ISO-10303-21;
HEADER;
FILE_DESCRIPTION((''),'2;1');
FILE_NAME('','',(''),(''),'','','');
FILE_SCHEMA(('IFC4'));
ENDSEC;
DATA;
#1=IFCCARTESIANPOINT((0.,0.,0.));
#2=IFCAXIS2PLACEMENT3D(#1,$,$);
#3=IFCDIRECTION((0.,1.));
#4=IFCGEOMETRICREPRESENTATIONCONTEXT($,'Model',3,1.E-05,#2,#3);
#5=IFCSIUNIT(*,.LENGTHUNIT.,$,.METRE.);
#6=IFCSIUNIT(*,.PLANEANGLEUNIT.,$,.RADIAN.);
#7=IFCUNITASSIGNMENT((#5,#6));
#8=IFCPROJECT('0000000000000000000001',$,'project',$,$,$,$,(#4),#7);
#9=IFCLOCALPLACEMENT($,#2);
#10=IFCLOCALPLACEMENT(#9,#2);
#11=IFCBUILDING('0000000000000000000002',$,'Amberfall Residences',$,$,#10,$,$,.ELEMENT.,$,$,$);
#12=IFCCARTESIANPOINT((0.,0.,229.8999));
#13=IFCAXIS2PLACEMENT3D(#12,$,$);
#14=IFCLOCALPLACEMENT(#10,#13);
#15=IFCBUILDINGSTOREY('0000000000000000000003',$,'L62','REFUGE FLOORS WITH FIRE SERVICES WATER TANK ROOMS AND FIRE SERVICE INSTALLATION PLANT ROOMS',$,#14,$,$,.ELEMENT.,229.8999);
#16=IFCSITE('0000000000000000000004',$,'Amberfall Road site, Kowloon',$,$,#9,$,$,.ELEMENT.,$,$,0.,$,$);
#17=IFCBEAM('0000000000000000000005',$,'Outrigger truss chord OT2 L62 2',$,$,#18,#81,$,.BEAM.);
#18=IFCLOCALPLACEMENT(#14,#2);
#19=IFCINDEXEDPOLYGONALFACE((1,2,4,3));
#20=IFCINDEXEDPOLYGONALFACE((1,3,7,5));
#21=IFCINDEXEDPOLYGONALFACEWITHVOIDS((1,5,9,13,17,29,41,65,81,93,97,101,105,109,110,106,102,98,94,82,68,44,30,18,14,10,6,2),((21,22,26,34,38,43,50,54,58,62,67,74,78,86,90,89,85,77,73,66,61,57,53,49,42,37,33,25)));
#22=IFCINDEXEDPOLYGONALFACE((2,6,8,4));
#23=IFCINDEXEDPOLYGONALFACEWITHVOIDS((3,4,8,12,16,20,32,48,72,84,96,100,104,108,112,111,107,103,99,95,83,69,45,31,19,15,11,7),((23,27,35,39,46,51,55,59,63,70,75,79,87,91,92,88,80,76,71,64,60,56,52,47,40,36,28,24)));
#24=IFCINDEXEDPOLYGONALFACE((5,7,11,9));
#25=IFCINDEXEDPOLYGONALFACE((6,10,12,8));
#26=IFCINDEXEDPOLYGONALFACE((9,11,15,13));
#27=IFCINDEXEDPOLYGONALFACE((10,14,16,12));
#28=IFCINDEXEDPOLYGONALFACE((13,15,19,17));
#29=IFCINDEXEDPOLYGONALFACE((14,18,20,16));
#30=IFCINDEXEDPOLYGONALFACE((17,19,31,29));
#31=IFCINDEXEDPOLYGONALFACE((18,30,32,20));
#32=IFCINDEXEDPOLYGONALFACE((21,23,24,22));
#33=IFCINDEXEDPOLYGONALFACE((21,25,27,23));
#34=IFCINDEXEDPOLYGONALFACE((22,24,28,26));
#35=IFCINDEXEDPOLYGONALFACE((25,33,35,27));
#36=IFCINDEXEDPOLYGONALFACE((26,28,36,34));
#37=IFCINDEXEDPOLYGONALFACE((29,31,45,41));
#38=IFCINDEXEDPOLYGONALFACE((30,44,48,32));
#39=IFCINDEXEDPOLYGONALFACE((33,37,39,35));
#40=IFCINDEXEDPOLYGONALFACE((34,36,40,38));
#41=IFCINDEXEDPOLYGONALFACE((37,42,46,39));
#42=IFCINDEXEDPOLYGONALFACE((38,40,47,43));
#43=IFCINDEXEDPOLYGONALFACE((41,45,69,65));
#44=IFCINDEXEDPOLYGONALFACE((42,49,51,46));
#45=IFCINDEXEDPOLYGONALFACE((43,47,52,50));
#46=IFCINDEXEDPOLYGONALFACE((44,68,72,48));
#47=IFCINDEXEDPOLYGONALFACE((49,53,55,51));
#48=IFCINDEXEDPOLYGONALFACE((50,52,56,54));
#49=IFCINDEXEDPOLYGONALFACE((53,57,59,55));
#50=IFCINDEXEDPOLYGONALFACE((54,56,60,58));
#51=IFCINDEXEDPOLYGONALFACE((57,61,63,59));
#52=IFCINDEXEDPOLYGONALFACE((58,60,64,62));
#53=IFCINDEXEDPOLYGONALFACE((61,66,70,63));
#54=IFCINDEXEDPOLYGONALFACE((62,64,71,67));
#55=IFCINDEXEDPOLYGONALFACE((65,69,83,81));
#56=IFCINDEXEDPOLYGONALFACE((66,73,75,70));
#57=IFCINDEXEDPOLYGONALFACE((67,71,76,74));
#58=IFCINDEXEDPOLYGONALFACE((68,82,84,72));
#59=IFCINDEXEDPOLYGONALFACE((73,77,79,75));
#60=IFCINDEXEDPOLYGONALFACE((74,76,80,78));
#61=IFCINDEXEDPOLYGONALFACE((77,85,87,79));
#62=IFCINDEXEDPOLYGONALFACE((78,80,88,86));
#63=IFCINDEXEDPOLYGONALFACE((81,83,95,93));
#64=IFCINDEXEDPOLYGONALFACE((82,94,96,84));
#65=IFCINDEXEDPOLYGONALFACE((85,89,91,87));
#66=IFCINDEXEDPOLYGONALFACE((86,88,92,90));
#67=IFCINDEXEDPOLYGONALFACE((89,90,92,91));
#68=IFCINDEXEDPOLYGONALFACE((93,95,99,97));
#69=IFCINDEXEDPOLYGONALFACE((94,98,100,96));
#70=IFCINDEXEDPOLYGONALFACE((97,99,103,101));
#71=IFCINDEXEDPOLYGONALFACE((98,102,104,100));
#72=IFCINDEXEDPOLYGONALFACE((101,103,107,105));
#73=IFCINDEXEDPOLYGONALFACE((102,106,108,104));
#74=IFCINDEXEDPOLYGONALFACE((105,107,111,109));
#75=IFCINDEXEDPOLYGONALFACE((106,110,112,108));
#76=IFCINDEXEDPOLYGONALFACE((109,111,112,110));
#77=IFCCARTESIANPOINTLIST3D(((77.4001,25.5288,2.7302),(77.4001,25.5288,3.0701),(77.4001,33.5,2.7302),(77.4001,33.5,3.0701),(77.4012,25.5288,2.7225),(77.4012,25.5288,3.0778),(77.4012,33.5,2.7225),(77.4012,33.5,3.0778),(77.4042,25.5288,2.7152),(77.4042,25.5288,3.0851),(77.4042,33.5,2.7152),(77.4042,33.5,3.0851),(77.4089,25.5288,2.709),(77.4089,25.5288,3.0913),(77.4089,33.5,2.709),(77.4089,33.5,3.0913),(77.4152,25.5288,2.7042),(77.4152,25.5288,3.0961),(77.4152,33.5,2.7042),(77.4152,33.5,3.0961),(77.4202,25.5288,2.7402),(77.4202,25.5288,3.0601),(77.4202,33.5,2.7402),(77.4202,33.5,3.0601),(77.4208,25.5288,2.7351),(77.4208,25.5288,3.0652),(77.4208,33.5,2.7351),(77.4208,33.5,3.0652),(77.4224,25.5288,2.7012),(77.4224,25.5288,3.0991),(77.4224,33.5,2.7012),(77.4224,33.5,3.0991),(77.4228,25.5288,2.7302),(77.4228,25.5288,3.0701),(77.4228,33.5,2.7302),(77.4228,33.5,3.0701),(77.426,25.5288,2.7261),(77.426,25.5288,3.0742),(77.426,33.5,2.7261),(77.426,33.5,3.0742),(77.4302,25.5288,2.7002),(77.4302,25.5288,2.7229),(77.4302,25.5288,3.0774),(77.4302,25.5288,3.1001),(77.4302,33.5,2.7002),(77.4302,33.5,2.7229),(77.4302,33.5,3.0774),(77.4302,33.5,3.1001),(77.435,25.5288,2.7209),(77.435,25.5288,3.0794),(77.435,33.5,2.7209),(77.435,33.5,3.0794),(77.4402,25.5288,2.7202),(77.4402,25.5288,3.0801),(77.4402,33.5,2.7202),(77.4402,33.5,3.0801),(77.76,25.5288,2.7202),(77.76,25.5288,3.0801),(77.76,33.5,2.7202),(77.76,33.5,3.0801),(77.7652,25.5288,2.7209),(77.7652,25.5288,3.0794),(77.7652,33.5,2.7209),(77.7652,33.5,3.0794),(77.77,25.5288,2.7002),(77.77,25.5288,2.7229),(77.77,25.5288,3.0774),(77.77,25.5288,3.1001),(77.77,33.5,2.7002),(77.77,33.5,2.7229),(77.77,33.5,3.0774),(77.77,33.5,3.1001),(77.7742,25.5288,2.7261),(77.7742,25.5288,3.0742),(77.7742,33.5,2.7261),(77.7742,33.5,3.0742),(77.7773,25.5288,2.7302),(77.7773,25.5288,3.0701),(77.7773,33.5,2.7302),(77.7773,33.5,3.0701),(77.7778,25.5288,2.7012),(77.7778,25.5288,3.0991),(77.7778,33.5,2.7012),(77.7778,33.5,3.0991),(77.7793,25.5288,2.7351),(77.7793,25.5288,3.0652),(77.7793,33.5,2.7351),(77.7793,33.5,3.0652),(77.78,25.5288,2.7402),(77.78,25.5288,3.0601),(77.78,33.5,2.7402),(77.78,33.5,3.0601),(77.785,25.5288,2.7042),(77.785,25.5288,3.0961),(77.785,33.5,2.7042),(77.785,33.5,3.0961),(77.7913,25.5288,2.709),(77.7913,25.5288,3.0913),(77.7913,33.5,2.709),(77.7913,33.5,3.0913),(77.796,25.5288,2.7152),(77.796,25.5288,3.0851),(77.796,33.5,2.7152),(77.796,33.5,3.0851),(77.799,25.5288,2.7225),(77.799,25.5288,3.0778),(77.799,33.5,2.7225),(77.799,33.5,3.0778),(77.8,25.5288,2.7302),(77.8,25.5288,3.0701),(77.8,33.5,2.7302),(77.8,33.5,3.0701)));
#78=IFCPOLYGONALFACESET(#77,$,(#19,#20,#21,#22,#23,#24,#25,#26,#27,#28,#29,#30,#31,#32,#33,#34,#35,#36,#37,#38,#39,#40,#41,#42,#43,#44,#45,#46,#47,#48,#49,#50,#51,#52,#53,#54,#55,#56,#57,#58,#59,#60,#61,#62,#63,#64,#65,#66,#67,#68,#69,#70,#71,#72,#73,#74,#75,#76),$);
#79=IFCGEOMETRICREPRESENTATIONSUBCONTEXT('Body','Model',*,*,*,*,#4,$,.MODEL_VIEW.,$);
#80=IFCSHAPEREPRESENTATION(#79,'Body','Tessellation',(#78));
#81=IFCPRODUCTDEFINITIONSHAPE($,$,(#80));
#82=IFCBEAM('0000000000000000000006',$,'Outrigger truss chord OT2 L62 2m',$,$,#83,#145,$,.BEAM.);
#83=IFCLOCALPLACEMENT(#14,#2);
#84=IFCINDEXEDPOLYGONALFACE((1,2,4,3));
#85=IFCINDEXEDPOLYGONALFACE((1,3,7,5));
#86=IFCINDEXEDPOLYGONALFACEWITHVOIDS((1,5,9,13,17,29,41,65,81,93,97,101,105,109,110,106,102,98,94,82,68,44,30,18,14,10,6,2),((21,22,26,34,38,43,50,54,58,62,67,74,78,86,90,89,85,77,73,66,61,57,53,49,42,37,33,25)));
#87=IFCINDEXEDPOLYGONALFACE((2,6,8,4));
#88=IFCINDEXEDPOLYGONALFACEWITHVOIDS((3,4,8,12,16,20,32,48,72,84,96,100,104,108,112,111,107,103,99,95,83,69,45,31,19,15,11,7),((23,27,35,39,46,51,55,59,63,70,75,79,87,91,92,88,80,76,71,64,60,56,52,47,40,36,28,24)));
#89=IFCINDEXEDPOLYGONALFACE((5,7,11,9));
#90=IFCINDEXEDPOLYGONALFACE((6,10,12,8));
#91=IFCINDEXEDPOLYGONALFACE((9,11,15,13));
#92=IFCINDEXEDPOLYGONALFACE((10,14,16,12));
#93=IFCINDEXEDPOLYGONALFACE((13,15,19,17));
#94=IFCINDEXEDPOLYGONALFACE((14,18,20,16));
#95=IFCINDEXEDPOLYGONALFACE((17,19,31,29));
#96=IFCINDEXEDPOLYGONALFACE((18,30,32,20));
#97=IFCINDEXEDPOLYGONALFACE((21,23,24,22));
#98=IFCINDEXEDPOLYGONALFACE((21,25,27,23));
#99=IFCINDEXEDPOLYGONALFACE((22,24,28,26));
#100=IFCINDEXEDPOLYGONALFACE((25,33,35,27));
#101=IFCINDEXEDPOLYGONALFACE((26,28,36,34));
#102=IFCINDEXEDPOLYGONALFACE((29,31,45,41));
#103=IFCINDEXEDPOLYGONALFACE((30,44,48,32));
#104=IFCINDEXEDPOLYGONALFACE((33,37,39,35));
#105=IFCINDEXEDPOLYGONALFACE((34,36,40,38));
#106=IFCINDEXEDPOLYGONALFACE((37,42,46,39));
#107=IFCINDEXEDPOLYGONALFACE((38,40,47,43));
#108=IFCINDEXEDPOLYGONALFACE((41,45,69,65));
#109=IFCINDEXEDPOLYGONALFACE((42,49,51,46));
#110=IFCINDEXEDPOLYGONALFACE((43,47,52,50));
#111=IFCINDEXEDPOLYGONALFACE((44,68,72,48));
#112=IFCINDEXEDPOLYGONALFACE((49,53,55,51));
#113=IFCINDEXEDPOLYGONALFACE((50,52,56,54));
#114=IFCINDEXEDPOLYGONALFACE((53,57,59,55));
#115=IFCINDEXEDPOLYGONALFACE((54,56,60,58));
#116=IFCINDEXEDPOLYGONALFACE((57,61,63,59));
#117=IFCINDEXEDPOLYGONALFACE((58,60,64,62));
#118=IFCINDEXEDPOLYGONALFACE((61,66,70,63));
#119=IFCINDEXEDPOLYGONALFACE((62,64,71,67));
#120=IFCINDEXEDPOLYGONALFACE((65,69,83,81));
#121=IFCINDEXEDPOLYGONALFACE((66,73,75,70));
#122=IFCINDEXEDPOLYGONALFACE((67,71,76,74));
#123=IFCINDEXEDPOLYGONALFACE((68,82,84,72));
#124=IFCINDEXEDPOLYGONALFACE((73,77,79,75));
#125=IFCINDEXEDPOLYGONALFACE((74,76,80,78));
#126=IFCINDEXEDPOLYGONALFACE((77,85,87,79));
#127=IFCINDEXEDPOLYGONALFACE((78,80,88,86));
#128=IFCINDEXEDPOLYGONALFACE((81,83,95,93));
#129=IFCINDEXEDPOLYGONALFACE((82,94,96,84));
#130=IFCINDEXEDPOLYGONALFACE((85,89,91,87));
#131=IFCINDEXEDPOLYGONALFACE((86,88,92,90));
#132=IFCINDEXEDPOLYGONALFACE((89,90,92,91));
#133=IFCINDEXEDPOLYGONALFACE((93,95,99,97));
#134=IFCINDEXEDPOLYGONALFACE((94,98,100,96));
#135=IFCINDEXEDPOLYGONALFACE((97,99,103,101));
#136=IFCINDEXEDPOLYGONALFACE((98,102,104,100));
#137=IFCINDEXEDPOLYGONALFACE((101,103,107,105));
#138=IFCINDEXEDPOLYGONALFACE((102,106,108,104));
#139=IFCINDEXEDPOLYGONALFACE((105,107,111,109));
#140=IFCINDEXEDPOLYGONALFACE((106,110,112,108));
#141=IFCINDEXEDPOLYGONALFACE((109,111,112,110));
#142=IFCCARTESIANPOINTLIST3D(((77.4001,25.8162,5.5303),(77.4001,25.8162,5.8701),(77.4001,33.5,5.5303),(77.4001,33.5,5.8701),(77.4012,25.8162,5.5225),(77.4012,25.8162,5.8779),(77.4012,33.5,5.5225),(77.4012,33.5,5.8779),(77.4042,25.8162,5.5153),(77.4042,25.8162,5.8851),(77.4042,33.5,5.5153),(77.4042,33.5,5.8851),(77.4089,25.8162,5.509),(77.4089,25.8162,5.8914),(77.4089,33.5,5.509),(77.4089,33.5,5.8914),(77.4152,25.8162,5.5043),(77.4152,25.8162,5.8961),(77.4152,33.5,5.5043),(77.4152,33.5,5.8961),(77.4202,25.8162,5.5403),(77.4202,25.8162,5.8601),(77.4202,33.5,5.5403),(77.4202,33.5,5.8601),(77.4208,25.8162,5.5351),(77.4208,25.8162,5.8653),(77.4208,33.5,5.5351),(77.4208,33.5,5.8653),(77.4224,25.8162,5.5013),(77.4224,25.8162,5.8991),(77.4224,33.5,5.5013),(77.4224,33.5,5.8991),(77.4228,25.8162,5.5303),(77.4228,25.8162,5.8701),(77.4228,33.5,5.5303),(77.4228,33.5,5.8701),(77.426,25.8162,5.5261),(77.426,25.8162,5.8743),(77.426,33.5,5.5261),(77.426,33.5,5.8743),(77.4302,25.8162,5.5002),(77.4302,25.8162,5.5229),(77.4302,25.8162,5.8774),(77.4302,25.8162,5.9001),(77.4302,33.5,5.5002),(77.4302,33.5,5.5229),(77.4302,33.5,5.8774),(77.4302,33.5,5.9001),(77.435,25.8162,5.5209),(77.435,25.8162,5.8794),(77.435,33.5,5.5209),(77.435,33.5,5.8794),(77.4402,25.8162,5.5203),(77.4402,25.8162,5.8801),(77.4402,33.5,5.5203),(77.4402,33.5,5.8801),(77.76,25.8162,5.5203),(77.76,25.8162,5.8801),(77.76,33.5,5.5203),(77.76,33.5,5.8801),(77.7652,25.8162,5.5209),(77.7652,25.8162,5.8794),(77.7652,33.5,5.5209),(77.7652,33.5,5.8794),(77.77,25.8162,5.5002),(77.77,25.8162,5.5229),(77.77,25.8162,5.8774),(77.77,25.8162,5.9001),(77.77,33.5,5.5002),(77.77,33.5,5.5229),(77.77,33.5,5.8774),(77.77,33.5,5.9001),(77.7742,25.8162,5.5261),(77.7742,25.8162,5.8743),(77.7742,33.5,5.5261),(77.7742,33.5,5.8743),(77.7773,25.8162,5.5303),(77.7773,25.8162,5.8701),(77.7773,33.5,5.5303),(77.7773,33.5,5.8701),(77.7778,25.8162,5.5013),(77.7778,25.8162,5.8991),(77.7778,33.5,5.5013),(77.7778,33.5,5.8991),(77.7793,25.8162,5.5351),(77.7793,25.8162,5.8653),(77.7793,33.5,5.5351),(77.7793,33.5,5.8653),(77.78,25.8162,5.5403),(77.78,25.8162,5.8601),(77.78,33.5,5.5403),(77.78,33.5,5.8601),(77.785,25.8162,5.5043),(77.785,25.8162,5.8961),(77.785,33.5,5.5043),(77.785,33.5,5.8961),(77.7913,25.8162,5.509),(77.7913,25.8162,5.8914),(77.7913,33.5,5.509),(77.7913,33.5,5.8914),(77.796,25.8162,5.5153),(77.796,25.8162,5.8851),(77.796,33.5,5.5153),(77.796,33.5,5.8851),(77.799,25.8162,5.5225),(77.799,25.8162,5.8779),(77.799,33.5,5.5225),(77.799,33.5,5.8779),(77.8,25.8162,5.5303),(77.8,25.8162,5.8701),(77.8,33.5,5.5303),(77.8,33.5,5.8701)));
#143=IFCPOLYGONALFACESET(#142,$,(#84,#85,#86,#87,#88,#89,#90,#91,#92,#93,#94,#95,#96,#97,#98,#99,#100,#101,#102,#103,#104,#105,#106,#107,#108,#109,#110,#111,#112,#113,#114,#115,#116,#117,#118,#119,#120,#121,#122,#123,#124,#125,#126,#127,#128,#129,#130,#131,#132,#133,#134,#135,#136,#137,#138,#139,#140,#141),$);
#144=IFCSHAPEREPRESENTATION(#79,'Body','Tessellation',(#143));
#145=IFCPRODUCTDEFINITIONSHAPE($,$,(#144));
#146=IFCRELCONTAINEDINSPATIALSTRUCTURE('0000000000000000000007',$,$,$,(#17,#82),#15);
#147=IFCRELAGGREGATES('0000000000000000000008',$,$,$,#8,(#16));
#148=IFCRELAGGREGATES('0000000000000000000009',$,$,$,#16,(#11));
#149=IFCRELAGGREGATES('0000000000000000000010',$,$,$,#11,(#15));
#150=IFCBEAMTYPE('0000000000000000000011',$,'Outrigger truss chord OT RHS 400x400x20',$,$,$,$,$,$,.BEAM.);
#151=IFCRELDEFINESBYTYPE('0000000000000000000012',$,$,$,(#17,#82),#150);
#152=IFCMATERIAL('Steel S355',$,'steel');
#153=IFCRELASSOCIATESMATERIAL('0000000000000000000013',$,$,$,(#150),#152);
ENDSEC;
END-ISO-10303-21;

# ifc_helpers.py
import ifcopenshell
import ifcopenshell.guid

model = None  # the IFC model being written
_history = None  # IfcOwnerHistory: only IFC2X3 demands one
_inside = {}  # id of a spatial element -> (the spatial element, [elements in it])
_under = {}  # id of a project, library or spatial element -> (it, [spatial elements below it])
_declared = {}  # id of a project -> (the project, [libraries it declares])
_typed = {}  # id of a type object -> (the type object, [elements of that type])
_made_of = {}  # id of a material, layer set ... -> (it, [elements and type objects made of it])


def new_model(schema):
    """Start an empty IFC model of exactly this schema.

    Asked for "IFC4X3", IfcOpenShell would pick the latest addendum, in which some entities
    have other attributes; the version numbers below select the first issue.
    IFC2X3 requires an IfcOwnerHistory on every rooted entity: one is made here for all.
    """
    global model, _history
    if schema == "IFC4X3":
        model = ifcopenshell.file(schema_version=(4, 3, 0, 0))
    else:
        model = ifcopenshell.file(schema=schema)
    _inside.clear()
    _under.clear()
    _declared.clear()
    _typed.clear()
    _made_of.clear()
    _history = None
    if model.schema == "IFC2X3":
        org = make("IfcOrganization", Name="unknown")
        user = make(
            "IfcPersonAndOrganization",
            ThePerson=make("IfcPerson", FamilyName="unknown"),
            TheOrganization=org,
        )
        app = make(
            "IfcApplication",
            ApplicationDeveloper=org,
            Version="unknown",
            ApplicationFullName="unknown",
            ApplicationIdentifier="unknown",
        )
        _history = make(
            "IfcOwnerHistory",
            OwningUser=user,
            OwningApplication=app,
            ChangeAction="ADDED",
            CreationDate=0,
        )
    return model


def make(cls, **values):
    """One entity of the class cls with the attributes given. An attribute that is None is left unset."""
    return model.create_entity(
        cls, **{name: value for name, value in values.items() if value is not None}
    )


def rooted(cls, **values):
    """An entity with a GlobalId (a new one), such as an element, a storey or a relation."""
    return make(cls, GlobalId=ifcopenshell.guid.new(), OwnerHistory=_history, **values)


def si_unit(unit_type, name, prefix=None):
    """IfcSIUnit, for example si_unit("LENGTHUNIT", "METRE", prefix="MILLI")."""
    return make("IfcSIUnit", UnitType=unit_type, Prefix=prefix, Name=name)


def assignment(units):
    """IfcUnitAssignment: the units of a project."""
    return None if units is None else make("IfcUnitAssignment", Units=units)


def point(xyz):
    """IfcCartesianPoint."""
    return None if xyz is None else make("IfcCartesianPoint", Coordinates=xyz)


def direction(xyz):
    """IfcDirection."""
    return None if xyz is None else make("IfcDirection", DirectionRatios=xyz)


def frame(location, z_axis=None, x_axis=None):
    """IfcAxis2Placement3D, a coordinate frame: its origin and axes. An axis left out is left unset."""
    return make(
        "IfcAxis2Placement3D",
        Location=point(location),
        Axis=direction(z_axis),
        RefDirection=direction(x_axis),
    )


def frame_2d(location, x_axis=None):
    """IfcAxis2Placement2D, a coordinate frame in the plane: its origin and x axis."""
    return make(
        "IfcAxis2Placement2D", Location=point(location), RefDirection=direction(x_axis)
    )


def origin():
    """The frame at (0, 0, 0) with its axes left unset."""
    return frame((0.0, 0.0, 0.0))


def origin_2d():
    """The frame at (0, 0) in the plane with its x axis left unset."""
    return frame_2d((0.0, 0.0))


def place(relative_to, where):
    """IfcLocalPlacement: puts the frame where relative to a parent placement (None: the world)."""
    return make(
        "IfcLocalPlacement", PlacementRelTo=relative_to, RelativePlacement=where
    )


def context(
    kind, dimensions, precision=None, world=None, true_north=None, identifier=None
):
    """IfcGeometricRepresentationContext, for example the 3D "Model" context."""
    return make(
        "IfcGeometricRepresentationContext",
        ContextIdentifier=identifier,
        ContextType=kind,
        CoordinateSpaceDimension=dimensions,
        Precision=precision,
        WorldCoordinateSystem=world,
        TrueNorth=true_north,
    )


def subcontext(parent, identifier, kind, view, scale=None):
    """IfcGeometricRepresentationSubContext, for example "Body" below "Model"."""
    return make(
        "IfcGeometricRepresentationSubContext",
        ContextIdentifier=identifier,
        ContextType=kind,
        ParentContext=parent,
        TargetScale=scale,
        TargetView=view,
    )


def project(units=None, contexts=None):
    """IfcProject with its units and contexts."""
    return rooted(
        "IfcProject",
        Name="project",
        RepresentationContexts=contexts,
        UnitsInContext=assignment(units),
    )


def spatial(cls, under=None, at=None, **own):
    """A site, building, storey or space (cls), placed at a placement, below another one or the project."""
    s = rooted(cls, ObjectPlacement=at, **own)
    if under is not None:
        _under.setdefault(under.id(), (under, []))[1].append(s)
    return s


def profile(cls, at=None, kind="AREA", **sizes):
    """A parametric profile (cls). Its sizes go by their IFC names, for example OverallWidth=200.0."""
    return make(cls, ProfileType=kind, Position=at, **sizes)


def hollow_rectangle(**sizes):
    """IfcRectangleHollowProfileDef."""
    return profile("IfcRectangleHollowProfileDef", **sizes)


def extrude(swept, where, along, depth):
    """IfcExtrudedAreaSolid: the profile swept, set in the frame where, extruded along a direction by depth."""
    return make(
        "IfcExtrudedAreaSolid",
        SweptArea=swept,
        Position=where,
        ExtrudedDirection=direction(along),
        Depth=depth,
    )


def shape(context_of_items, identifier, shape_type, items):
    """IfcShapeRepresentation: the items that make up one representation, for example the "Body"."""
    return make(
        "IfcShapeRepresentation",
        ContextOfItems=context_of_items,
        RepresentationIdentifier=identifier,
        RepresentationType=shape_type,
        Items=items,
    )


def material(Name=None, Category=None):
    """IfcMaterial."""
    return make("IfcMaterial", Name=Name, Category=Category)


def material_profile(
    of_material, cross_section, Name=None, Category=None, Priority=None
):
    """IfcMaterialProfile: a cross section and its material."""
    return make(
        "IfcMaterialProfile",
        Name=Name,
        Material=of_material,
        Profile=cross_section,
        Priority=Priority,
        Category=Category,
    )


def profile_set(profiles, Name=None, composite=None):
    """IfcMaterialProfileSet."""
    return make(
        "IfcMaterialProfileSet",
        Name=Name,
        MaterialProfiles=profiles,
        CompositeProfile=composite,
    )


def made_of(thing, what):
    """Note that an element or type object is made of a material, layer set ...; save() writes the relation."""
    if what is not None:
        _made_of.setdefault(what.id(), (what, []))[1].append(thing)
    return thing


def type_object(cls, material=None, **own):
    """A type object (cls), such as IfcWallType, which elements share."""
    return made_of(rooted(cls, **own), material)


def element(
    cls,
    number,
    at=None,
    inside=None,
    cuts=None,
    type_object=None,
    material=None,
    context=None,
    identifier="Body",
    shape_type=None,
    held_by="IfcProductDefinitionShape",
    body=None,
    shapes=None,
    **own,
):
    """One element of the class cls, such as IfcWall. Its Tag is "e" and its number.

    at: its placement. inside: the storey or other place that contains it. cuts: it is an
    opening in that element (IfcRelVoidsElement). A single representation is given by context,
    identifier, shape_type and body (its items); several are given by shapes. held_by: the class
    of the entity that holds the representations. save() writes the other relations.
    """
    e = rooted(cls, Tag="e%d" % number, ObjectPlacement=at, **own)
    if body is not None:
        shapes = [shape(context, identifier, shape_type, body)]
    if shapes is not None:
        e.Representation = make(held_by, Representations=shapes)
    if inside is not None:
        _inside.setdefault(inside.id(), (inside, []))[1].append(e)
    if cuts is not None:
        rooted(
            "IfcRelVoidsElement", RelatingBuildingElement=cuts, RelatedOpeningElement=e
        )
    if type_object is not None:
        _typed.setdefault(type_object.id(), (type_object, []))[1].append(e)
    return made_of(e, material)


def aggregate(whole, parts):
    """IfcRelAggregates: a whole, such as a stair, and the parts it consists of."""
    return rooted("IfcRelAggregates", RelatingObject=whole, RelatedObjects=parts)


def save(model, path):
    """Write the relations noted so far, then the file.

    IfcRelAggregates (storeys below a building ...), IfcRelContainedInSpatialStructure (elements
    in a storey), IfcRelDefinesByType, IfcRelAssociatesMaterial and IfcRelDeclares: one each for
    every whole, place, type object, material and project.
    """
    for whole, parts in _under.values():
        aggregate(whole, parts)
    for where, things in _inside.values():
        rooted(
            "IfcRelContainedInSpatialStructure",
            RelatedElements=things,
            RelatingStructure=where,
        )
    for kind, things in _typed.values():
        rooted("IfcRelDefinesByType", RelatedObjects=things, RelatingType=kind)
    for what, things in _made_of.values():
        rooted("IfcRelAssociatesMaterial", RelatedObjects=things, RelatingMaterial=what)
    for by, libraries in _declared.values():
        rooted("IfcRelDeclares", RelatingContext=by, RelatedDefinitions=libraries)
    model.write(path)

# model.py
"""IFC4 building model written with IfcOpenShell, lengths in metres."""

from ifc_helpers import new_model, si_unit, direction, frame, origin, origin_2d, place, context, subcontext, project, spatial, hollow_rectangle, extrude, material, material_profile, profile_set, type_object, element, save


model = new_model("IFC4")

# Units and contexts
model_context = context("Model", 3, precision=1e-05, world=origin(), true_north=direction((0.0, 1.0)))
body_context = subcontext(model_context, "Body", "Model", "MODEL_VIEW")
ifc_project = project(units=[si_unit("LENGTHUNIT", "METRE"), si_unit("PLANEANGLEUNIT", "RADIAN")], contexts=[model_context])

# Site, building, storey
site_placement = place(None, origin())
site = spatial("IfcSite", under=ifc_project, at=site_placement, Name="Amberfall Road site, Kowloon", CompositionType="ELEMENT", RefElevation=0.0)
building_placement = place(site_placement, origin())
building = spatial("IfcBuilding", under=site, at=building_placement, Name="Amberfall Residences", CompositionType="ELEMENT")
storey_placement = place(building_placement, frame((0.0, 0.0, 229.8999)))
storey = spatial("IfcBuildingStorey", under=building, at=storey_placement, Name="L62", Description="REFUGE FLOORS WITH FIRE SERVICES WATER TANK ROOMS AND FIRE SERVICE INSTALLATION PLANT ROOMS", CompositionType="ELEMENT", Elevation=229.8999)

# Shared definitions
ifc_material_1 = material(Name="Steel S355", Category="steel")

# Beams
ifc_material_profile_1 = material_profile(ifc_material_1, hollow_rectangle(XDim=0.3999, YDim=0.3999, WallThickness=0.02, InnerFilletRadius=0.02, OuterFilletRadius=0.03, at=origin_2d()), Name="RHS 400x400x20")
ifc_profile_set_1 = profile_set([ifc_material_profile_1], Name="Steel S355")
beam_type_1 = type_object("IfcBeamType", Name="Outrigger truss chord OT RHS 400x400x20", PredefinedType="BEAM", material=ifc_profile_set_1)
beam_1_placement = place(storey_placement, frame((77.6001, 25.5288, 2.9001), z_axis=(0.0, 1.0, 0.0), x_axis=(-1.0, 0.0, 0.0)))
element("IfcBeam", 1, at=beam_1_placement, inside=storey, type_object=beam_type_1, Name="Outrigger truss chord OT2 L62 2", PredefinedType="BEAM", context=body_context, shape_type="SweptSolid", body=[
    extrude(hollow_rectangle(XDim=0.3999, YDim=0.3999, WallThickness=0.02, InnerFilletRadius=0.02, OuterFilletRadius=0.03, at=origin_2d()), origin(), (0.0, 0.0, 1.0), 7.9712),
])
beam_2_placement = place(storey_placement, frame((77.6001, 25.8162, 5.7002), z_axis=(0.0, 1.0, 0.0), x_axis=(-1.0, 0.0, 0.0)))
element("IfcBeam", 2, at=beam_2_placement, inside=storey, type_object=beam_type_1, Name="Outrigger truss chord OT2 L62 2m", PredefinedType="BEAM", context=body_context, shape_type="SweptSolid", body=[
    extrude(hollow_rectangle(XDim=0.3999, YDim=0.3999, WallThickness=0.02, InnerFilletRadius=0.02, OuterFilletRadius=0.03, at=origin_2d()), origin(), (0.0, 0.0, 1.0), 7.6838),
])

save(model, "model.ifc")
